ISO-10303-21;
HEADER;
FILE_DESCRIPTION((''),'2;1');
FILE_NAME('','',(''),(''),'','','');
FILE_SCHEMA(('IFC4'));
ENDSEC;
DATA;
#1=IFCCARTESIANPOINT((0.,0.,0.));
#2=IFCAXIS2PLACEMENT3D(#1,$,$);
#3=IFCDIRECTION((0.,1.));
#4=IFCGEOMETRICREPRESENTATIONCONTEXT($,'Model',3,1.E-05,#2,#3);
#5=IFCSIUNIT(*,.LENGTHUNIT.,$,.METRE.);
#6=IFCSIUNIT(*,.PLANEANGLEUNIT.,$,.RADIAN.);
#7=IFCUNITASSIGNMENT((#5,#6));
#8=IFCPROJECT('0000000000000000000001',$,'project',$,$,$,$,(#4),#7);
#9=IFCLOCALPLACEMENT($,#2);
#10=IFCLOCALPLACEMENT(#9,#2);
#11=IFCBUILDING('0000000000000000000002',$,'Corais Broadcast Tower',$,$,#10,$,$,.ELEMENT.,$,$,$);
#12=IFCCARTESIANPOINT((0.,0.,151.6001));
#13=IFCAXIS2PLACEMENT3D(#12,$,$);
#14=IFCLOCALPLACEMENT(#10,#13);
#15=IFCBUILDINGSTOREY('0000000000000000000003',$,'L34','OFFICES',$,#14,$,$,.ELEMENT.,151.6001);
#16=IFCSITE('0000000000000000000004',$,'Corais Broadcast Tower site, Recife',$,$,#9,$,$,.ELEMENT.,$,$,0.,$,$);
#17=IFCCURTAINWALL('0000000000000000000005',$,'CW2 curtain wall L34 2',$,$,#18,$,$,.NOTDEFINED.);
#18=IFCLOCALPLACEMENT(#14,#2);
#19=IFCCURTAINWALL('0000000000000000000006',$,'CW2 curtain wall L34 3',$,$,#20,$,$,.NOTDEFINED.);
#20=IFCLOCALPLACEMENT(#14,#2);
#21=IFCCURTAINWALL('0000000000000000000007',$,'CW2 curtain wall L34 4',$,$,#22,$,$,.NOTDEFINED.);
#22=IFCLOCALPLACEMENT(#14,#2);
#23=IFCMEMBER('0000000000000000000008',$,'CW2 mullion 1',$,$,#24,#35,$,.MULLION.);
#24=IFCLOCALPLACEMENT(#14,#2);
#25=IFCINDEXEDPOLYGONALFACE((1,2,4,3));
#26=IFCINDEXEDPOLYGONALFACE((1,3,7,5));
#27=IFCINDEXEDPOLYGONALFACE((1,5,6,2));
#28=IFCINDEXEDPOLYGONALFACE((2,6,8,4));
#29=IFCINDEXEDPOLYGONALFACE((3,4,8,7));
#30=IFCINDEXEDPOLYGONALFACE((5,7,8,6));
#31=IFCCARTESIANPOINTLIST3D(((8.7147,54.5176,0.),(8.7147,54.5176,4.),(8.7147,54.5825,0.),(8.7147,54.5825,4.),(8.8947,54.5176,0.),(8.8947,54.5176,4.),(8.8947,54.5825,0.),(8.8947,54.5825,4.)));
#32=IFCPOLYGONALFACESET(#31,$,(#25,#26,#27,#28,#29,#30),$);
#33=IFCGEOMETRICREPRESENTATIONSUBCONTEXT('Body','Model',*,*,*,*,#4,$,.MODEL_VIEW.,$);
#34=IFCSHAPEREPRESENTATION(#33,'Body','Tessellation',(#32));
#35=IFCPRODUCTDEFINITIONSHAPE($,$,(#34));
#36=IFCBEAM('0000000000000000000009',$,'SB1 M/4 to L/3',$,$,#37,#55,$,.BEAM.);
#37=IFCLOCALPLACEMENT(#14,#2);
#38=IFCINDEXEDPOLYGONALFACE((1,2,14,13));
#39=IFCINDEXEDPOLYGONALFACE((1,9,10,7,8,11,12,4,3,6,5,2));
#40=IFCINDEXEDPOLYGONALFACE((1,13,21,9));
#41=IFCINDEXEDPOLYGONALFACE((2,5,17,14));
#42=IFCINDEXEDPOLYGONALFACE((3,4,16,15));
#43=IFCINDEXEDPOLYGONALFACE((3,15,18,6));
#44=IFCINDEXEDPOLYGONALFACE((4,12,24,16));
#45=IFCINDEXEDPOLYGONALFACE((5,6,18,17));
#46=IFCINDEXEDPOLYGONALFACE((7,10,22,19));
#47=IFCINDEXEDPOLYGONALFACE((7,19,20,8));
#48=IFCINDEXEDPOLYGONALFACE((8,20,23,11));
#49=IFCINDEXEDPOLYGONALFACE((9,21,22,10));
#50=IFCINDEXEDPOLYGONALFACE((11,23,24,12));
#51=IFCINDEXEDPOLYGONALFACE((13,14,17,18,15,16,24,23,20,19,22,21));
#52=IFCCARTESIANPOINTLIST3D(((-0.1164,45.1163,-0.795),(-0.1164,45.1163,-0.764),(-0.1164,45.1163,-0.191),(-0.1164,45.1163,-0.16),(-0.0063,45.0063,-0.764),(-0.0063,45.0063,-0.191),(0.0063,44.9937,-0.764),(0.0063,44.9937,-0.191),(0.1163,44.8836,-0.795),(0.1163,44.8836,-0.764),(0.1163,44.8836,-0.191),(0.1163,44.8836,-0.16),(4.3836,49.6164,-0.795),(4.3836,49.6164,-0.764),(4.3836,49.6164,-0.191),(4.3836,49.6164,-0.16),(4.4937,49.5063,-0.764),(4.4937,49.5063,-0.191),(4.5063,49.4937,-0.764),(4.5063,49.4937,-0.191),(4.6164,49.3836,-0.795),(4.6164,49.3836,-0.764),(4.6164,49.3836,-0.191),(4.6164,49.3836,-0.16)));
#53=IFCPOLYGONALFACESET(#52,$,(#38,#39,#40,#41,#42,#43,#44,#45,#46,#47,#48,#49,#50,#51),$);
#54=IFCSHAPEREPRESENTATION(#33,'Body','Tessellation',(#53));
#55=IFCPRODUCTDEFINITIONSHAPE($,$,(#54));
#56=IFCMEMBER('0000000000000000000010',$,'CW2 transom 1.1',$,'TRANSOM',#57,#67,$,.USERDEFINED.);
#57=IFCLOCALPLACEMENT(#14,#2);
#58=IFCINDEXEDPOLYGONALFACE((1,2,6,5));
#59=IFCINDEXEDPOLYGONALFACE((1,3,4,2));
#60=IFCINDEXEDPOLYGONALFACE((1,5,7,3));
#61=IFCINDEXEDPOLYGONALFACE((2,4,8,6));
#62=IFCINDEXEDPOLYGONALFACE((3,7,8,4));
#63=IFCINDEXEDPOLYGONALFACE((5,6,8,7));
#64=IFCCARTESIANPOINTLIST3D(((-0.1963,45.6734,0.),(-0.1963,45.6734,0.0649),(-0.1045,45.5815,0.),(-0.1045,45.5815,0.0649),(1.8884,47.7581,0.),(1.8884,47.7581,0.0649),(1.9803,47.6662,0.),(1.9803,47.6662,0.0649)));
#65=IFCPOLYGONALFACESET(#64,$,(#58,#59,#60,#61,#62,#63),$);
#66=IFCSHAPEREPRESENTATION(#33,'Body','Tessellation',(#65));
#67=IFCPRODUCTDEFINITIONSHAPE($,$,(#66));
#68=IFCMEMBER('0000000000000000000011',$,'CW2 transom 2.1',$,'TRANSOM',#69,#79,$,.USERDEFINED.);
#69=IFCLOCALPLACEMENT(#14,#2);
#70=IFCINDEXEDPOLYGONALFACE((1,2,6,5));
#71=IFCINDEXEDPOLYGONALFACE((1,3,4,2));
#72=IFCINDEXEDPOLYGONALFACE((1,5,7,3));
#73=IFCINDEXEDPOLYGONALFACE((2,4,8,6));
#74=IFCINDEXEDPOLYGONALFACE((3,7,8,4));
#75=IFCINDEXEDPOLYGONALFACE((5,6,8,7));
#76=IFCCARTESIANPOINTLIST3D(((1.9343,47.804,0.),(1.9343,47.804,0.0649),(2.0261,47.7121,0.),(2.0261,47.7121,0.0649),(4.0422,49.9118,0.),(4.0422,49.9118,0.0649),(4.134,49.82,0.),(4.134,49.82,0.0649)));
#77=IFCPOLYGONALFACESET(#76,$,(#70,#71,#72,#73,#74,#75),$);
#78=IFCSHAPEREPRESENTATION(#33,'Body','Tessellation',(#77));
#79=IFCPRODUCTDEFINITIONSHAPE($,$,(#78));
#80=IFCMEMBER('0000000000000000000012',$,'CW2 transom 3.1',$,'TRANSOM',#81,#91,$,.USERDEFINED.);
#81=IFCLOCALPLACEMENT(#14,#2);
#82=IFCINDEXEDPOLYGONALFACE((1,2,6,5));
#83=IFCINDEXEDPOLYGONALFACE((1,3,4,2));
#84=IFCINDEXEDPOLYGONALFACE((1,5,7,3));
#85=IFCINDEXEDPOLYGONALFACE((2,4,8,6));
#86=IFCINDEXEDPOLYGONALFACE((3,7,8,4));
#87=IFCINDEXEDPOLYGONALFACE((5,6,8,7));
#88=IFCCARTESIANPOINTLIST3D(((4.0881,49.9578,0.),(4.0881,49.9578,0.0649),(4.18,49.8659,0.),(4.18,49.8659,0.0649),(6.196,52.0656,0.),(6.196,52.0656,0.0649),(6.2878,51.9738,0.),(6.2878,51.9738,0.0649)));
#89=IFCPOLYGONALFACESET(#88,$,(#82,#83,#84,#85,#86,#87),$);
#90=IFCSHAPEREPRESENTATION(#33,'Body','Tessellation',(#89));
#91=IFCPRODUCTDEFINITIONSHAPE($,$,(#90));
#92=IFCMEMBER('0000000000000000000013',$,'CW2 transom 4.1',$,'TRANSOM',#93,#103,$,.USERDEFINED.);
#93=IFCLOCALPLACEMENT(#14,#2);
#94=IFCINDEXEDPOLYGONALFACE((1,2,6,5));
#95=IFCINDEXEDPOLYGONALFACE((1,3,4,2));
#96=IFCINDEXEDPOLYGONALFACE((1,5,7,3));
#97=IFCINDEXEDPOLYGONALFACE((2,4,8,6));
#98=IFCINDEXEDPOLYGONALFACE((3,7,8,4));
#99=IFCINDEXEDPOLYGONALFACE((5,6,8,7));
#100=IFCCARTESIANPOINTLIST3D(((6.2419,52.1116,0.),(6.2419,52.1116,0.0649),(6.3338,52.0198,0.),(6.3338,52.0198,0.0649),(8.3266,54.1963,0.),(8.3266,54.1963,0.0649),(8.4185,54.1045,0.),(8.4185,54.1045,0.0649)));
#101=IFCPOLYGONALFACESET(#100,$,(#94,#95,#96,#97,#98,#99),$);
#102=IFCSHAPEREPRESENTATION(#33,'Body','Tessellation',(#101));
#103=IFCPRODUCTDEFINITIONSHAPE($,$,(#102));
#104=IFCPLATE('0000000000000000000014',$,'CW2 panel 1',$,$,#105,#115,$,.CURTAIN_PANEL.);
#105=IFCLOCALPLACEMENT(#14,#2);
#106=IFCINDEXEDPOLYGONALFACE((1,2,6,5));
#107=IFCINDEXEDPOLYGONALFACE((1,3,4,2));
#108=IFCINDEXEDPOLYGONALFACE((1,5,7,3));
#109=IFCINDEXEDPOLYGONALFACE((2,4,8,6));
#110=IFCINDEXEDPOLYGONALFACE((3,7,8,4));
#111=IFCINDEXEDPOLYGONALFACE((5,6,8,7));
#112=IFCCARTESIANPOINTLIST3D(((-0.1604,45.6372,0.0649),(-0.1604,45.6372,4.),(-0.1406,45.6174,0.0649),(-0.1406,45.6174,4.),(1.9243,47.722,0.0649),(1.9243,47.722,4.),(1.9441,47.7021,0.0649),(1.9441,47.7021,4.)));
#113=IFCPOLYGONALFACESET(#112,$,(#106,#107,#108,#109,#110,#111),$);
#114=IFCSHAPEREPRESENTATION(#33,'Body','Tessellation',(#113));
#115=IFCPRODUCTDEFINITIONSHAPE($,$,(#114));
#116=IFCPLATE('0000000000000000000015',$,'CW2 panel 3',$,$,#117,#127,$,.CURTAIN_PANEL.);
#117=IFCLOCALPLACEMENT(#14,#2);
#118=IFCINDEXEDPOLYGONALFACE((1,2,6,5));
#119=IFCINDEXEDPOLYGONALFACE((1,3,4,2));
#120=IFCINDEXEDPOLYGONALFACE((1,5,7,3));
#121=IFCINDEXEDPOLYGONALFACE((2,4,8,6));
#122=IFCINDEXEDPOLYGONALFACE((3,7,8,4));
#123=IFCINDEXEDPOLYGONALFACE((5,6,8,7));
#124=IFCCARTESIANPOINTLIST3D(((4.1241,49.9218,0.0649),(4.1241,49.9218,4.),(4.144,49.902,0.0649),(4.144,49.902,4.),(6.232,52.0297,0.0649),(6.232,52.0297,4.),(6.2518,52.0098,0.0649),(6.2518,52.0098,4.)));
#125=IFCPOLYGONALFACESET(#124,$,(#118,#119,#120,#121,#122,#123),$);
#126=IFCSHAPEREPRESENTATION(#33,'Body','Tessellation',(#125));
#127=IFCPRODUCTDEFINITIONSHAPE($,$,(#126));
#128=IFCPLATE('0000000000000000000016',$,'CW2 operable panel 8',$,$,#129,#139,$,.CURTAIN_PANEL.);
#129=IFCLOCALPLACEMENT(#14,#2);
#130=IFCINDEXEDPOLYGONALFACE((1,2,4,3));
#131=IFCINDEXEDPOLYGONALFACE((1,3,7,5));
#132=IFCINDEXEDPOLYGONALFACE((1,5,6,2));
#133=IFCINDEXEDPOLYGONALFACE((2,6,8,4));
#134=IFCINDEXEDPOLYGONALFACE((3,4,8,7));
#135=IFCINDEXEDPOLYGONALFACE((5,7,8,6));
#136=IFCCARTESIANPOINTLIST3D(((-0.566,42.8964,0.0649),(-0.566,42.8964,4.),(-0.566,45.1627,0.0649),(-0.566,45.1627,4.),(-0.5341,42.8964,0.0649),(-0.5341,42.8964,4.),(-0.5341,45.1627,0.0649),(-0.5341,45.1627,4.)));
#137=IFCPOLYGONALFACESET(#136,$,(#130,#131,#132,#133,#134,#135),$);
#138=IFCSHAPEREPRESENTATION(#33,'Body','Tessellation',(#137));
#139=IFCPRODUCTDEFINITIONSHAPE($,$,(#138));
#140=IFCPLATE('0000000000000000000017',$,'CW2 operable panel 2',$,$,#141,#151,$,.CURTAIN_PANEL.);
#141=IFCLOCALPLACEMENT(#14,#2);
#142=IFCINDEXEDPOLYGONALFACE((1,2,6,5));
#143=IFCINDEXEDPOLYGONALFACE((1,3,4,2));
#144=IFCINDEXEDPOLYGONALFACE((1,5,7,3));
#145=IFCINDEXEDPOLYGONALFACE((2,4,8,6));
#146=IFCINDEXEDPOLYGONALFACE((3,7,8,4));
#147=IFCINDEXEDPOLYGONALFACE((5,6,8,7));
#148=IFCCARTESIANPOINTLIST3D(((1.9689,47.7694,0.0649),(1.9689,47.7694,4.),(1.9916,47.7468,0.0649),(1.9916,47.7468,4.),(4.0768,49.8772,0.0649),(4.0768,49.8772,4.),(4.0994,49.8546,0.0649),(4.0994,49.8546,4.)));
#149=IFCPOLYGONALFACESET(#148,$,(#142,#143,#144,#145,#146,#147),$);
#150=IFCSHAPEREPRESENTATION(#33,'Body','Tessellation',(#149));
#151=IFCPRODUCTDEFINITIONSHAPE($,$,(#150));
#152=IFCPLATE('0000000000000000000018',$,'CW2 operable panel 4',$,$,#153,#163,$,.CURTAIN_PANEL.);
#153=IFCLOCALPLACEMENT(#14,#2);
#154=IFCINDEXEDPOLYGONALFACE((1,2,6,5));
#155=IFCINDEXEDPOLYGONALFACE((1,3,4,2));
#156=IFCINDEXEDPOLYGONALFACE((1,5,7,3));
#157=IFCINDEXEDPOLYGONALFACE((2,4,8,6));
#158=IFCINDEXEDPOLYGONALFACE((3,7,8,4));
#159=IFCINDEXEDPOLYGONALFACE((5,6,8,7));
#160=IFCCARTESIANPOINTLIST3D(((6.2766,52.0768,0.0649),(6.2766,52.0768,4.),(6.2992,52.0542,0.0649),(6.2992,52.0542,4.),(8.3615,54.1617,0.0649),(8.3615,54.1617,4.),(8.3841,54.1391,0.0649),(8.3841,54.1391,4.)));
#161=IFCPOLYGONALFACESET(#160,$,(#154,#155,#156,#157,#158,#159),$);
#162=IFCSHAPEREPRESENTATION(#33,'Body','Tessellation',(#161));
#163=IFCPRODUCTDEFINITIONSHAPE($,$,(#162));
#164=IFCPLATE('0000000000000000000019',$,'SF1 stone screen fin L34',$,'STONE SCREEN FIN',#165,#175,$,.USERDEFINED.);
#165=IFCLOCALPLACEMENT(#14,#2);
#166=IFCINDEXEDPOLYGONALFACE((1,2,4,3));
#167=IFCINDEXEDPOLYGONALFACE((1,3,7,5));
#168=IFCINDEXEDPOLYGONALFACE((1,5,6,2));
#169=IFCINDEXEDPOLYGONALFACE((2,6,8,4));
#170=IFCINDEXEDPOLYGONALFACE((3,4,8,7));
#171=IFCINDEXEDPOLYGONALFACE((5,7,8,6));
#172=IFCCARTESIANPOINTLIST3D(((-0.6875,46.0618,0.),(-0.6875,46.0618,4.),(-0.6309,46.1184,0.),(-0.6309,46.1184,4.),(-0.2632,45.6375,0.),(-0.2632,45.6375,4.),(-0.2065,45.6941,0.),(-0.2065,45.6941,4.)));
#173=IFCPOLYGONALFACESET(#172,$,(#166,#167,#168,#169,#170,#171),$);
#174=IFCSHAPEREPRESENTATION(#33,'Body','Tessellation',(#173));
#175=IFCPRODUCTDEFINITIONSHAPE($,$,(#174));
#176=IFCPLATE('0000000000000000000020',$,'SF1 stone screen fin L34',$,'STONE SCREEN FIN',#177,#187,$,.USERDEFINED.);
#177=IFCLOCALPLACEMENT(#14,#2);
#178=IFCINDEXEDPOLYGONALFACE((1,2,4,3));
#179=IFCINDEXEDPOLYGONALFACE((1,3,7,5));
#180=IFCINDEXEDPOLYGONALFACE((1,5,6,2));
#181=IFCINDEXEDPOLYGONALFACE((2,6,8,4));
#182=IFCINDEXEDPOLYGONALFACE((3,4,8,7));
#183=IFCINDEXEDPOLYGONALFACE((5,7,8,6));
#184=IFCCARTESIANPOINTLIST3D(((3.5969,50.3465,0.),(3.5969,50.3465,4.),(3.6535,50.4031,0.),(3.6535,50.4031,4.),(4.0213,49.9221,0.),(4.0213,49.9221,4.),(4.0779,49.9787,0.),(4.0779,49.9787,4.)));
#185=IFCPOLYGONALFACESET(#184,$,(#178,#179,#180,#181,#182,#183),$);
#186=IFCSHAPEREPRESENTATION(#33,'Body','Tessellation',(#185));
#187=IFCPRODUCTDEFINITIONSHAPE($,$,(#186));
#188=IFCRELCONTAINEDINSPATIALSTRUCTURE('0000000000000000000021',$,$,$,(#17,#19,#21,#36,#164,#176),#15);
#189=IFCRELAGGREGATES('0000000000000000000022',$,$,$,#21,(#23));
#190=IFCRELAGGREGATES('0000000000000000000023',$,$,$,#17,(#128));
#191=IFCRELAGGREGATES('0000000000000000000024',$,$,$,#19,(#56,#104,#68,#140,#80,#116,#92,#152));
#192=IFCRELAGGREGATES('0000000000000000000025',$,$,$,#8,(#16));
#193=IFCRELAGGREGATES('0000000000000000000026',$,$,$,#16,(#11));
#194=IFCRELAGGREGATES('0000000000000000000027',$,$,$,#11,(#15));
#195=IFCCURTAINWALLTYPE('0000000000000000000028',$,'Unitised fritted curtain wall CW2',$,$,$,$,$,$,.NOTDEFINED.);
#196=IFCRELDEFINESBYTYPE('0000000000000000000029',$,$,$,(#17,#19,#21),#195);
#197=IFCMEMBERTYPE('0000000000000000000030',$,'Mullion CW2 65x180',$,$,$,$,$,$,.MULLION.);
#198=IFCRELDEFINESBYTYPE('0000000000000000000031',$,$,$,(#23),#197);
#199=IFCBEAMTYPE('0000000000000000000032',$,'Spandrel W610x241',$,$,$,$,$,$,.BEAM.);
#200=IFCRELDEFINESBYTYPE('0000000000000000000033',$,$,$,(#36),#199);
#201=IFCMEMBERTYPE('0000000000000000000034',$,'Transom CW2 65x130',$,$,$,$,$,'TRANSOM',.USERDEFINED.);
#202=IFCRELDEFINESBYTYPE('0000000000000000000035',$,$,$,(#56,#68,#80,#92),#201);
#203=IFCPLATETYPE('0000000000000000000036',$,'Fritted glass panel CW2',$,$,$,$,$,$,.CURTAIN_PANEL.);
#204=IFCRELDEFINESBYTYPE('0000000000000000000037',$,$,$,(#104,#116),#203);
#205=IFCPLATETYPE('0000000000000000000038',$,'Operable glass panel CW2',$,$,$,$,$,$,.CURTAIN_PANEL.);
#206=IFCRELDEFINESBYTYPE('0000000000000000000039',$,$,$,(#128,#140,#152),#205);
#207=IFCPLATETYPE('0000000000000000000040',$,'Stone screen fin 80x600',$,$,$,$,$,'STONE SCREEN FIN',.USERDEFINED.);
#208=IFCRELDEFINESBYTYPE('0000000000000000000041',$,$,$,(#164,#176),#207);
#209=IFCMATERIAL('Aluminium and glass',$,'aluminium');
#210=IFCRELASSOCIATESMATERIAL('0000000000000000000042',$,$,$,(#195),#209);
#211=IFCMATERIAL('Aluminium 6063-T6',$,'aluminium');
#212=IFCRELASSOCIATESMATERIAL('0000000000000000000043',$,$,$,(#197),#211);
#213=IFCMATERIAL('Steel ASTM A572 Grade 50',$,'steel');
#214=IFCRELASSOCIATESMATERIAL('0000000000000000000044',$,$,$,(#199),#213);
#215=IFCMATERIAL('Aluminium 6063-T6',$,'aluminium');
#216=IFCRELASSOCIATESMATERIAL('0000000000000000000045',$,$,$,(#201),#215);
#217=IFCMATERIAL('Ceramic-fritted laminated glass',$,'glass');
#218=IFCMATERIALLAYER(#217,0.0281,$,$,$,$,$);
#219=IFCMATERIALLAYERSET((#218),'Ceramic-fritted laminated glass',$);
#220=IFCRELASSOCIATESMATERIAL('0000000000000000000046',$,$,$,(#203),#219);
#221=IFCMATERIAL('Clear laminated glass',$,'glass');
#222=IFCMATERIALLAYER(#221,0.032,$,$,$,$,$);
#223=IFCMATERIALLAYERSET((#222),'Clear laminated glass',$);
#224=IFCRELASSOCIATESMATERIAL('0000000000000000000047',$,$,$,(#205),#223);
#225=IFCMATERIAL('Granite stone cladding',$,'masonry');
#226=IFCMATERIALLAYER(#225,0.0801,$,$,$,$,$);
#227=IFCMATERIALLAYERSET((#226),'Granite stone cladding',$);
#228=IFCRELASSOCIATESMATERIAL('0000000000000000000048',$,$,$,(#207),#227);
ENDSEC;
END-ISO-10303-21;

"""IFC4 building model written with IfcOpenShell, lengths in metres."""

from ifc_helpers import new_model, si_unit, direction, frame, origin, origin_2d, place, context, subcontext, project, spatial, rectangle, i_section, extrude, material, layer, layer_set, material_profile, profile_set, type_object, element, aggregate, save


model = new_model("IFC4")

# Units and contexts
model_context = context("Model", 3, precision=1e-05, world=origin(), true_north=direction((0.0, 1.0)))
body_context = subcontext(model_context, "Body", "Model", "MODEL_VIEW")
ifc_project = project(units=[si_unit("LENGTHUNIT", "METRE"), si_unit("PLANEANGLEUNIT", "RADIAN")], contexts=[model_context])

# Site, building, storey
site_placement = place(None, origin())
site = spatial("IfcSite", under=ifc_project, at=site_placement, Name="Corais Broadcast Tower site, Recife", CompositionType="ELEMENT", RefElevation=0.0)
building_placement = place(site_placement, origin())
building = spatial("IfcBuilding", under=site, at=building_placement, Name="Corais Broadcast Tower", CompositionType="ELEMENT")
storey_placement = place(building_placement, frame((0.0, 0.0, 151.6001)))
storey = spatial("IfcBuildingStorey", under=building, at=storey_placement, Name="L34", Description="OFFICES", CompositionType="ELEMENT", Elevation=151.6001)

# Curtain wall
ifc_material_1 = material(Name="Aluminium and glass", Category="aluminium")
curtain_wall_type = type_object("IfcCurtainWallType", Name="Unitised fritted curtain wall CW2", PredefinedType="NOTDEFINED", material=ifc_material_1)
curtain_wall_1_placement = place(storey_placement, origin())
curtain_wall_1 = element("IfcCurtainWall", 1, at=curtain_wall_1_placement, inside=storey, type_object=curtain_wall_type, Name="CW2 curtain wall L34 2", PredefinedType="NOTDEFINED")
ifc_material_2 = material(Name="Aluminium 6063-T6", Category="aluminium")
ifc_material_profile_1 = material_profile(ifc_material_2, rectangle(XDim=0.0649, YDim=0.1799, at=origin_2d()), Name="Mullion CW2 65x180")
ifc_profile_set_1 = profile_set([ifc_material_profile_1], Name="Aluminium 6063-T6")
member_type_1 = type_object("IfcMemberType", Name="Mullion CW2 65x180", PredefinedType="MULLION", material=ifc_profile_set_1)

# Curtain wall
curtain_wall_2_placement = place(storey_placement, origin())
curtain_wall_2 = element("IfcCurtainWall", 2, at=curtain_wall_2_placement, inside=storey, type_object=curtain_wall_type, Name="CW2 curtain wall L34 3", PredefinedType="NOTDEFINED")

# Curtain wall, member
curtain_wall_3_placement = place(storey_placement, origin())
curtain_wall_3 = element("IfcCurtainWall", 3, at=curtain_wall_3_placement, inside=storey, type_object=curtain_wall_type, Name="CW2 curtain wall L34 4", PredefinedType="NOTDEFINED")
member_1_placement = place(storey_placement, frame((8.8047, 54.55, 0.0), z_axis=(0.0, 0.0, 1.0), x_axis=(0.0, 1.0, 0.0)))
member_1 = element("IfcMember", 4, at=member_1_placement, type_object=member_type_1, Name="CW2 mullion 1", PredefinedType="MULLION", context=body_context, shape_type="SweptSolid", body=[
    extrude(rectangle(XDim=0.0649, YDim=0.1799, at=origin_2d()), origin(), (0.0, 0.0, 1.0), 4.0),
])
aggregate(curtain_wall_3, [member_1])

# Beam
ifc_material_3 = material(Name="Steel ASTM A572 Grade 50", Category="steel")
ifc_material_profile_2 = material_profile(ifc_material_3, i_section(OverallWidth=0.3291, OverallDepth=0.635, WebThickness=0.0178, FlangeThickness=0.031, at=origin_2d()), Name="W610x241")
ifc_profile_set_2 = profile_set([ifc_material_profile_2], Name="Steel ASTM A572 Grade 50")
beam_type_1 = type_object("IfcBeamType", Name="Spandrel W610x241", PredefinedType="BEAM", material=ifc_profile_set_2)
beam_1_placement = place(storey_placement, frame((4.5, 49.5, -0.4775), z_axis=(-0.707107, -0.707107, 0.0), x_axis=(0.707107, -0.707107, 0.0)))
element("IfcBeam", 5, at=beam_1_placement, inside=storey, type_object=beam_type_1, Name="SB1 M/4 to L/3", PredefinedType="BEAM", context=body_context, shape_type="SweptSolid", body=[
    extrude(i_section(OverallWidth=0.3291, OverallDepth=0.635, WebThickness=0.0178, FlangeThickness=0.031, at=origin_2d()), origin(), (0.0, 0.0, 1.0), 6.364),
])

# Members
ifc_material_4 = material(Name="Aluminium 6063-T6", Category="aluminium")
ifc_material_profile_3 = material_profile(ifc_material_4, rectangle(XDim=0.1299, YDim=0.0649, at=origin_2d()), Name="Transom CW2 65x130")
ifc_profile_set_3 = profile_set([ifc_material_profile_3], Name="Aluminium 6063-T6")
member_type_2 = type_object("IfcMemberType", Name="Transom CW2 65x130", ElementType="TRANSOM", PredefinedType="USERDEFINED", material=ifc_profile_set_3)
member_2_placement = place(storey_placement, frame((-0.1504, 45.6274, 0.0325), z_axis=(0.707107, 0.707107, 0.0), x_axis=(-0.707107, 0.707107, 0.0)))
member_2 = element("IfcMember", 6, at=member_2_placement, type_object=member_type_2, Name="CW2 transom 1.1", ObjectType="TRANSOM", PredefinedType="USERDEFINED", context=body_context, shape_type="SweptSolid", body=[
    extrude(rectangle(XDim=0.1299, YDim=0.0649, at=origin_2d()), origin(), (0.0, 0.0, 1.0), 2.9482),
])
member_3_placement = place(storey_placement, frame((1.9802, 47.7581, 0.0325), z_axis=(0.707107, 0.707107, 0.0), x_axis=(-0.707107, 0.707107, 0.0)))
member_3 = element("IfcMember", 7, at=member_3_placement, type_object=member_type_2, Name="CW2 transom 2.1", ObjectType="TRANSOM", PredefinedType="USERDEFINED", context=body_context, shape_type="SweptSolid", body=[
    extrude(rectangle(XDim=0.1299, YDim=0.0649, at=origin_2d()), origin(), (0.0, 0.0, 1.0), 2.981),
])
member_4_placement = place(storey_placement, frame((4.134, 49.9119, 0.0325), z_axis=(0.707107, 0.707107, 0.0), x_axis=(-0.707107, 0.707107, 0.0)))
member_4 = element("IfcMember", 8, at=member_4_placement, type_object=member_type_2, Name="CW2 transom 3.1", ObjectType="TRANSOM", PredefinedType="USERDEFINED", context=body_context, shape_type="SweptSolid", body=[
    extrude(rectangle(XDim=0.1299, YDim=0.0649, at=origin_2d()), origin(), (0.0, 0.0, 1.0), 2.981),
])
member_5_placement = place(storey_placement, frame((6.2878, 52.0657, 0.0325), z_axis=(0.707107, 0.707107, 0.0), x_axis=(-0.707107, 0.707107, 0.0)))
member_5 = element("IfcMember", 9, at=member_5_placement, type_object=member_type_2, Name="CW2 transom 4.1", ObjectType="TRANSOM", PredefinedType="USERDEFINED", context=body_context, shape_type="SweptSolid", body=[
    extrude(rectangle(XDim=0.1299, YDim=0.0649, at=origin_2d()), origin(), (0.0, 0.0, 1.0), 2.9482),
])

# Plates
ifc_material_5 = material(Name="Ceramic-fritted laminated glass", Category="glass")
ifc_layer_1 = layer(ifc_material_5, 0.0281)
ifc_layer_set_1 = layer_set([ifc_layer_1], Name="Ceramic-fritted laminated glass")
plate_type_1 = type_object("IfcPlateType", Name="Fritted glass panel CW2", PredefinedType="CURTAIN_PANEL", material=ifc_layer_set_1)
plate_1_placement = place(storey_placement, frame((0.8918, 46.6697, 0.0649), z_axis=(0.0, 0.0, 1.0), x_axis=(0.707107, 0.707107, 0.0)))
plate_1 = element("IfcPlate", 10, at=plate_1_placement, type_object=plate_type_1, Name="CW2 panel 1", PredefinedType="CURTAIN_PANEL", context=body_context, shape_type="SweptSolid", body=[
    extrude(rectangle(XDim=2.9482, YDim=0.0281, at=origin_2d()), origin(), (0.0, 0.0, 1.0), 3.9351),
])
plate_2_placement = place(storey_placement, frame((5.188, 50.9658, 0.0649), z_axis=(0.0, 0.0, 1.0), x_axis=(0.707107, 0.707107, 0.0)))
plate_2 = element("IfcPlate", 11, at=plate_2_placement, type_object=plate_type_1, Name="CW2 panel 3", PredefinedType="CURTAIN_PANEL", context=body_context, shape_type="SweptSolid", body=[
    extrude(rectangle(XDim=2.981, YDim=0.0281, at=origin_2d()), origin(), (0.0, 0.0, 1.0), 3.9351),
])
ifc_material_6 = material(Name="Clear laminated glass", Category="glass")
ifc_layer_2 = layer(ifc_material_6, 0.032)
ifc_layer_set_2 = layer_set([ifc_layer_2], Name="Clear laminated glass")
plate_type_2 = type_object("IfcPlateType", Name="Operable glass panel CW2", PredefinedType="CURTAIN_PANEL", material=ifc_layer_set_2)
plate_3_placement = place(storey_placement, frame((-0.55, 44.0295, 0.0649), z_axis=(0.0, 0.0, 1.0), x_axis=(0.0, 1.0, 0.0)))
plate_3 = element("IfcPlate", 12, at=plate_3_placement, type_object=plate_type_2, Name="CW2 operable panel 8", PredefinedType="CURTAIN_PANEL", context=body_context, shape_type="SweptSolid", body=[
    extrude(rectangle(XDim=2.2664, YDim=0.032, at=origin_2d()), origin(), (0.0, 0.0, 1.0), 3.9351),
])
aggregate(curtain_wall_1, [plate_3])
plate_4_placement = place(storey_placement, frame((3.0342, 48.812, 0.0649), z_axis=(0.0, 0.0, 1.0), x_axis=(0.707107, 0.707107, 0.0)))
plate_4 = element("IfcPlate", 13, at=plate_4_placement, type_object=plate_type_2, Name="CW2 operable panel 2", PredefinedType="CURTAIN_PANEL", context=body_context, shape_type="SweptSolid", body=[
    extrude(rectangle(XDim=2.981, YDim=0.032, at=origin_2d()), origin(), (0.0, 0.0, 1.0), 3.9351),
])
plate_5_placement = place(storey_placement, frame((7.3303, 53.1079, 0.0649), z_axis=(0.0, 0.0, 1.0), x_axis=(0.707107, 0.707107, 0.0)))
plate_5 = element("IfcPlate", 14, at=plate_5_placement, type_object=plate_type_2, Name="CW2 operable panel 4", PredefinedType="CURTAIN_PANEL", context=body_context, shape_type="SweptSolid", body=[
    extrude(rectangle(XDim=2.9485, YDim=0.032, at=origin_2d()), origin(), (0.0, 0.0, 1.0), 3.9351),
])
aggregate(curtain_wall_2, [member_2, plate_1, member_3, plate_4, member_4, plate_2, member_5, plate_5])

# Plates
ifc_material_7 = material(Name="Granite stone cladding", Category="masonry")
ifc_layer_3 = layer(ifc_material_7, 0.0801)
ifc_layer_set_3 = layer_set([ifc_layer_3], Name="Granite stone cladding")
plate_type_3 = type_object("IfcPlateType", Name="Stone screen fin 80x600", ElementType="STONE SCREEN FIN", PredefinedType="USERDEFINED", material=ifc_layer_set_3)
for number, where, z_axis, x_axis, name in (
    (15, (-0.447, 45.8779, 0.0), (0.0, 0.0, 1.0), (0.707107, 0.707107, 0.0), "SF1 stone screen fin L34"),
    (16, (3.8374, 50.1626, 0.0), (0.0, 0.0, 1.0), (0.707107, 0.707107, 0.0), "SF1 stone screen fin L34"),
):
    element("IfcPlate", number, at=place(storey_placement, frame(where, z_axis=z_axis, x_axis=x_axis)), inside=storey, type_object=plate_type_3, Name=name, ObjectType="STONE SCREEN FIN", PredefinedType="USERDEFINED", context=body_context, shape_type="SweptSolid", body=[
        extrude(rectangle(XDim=0.0801, YDim=0.6001, at=origin_2d()), origin(), (0.0, 0.0, 1.0), 4.0),
    ])

save(model, "model.ifc")
